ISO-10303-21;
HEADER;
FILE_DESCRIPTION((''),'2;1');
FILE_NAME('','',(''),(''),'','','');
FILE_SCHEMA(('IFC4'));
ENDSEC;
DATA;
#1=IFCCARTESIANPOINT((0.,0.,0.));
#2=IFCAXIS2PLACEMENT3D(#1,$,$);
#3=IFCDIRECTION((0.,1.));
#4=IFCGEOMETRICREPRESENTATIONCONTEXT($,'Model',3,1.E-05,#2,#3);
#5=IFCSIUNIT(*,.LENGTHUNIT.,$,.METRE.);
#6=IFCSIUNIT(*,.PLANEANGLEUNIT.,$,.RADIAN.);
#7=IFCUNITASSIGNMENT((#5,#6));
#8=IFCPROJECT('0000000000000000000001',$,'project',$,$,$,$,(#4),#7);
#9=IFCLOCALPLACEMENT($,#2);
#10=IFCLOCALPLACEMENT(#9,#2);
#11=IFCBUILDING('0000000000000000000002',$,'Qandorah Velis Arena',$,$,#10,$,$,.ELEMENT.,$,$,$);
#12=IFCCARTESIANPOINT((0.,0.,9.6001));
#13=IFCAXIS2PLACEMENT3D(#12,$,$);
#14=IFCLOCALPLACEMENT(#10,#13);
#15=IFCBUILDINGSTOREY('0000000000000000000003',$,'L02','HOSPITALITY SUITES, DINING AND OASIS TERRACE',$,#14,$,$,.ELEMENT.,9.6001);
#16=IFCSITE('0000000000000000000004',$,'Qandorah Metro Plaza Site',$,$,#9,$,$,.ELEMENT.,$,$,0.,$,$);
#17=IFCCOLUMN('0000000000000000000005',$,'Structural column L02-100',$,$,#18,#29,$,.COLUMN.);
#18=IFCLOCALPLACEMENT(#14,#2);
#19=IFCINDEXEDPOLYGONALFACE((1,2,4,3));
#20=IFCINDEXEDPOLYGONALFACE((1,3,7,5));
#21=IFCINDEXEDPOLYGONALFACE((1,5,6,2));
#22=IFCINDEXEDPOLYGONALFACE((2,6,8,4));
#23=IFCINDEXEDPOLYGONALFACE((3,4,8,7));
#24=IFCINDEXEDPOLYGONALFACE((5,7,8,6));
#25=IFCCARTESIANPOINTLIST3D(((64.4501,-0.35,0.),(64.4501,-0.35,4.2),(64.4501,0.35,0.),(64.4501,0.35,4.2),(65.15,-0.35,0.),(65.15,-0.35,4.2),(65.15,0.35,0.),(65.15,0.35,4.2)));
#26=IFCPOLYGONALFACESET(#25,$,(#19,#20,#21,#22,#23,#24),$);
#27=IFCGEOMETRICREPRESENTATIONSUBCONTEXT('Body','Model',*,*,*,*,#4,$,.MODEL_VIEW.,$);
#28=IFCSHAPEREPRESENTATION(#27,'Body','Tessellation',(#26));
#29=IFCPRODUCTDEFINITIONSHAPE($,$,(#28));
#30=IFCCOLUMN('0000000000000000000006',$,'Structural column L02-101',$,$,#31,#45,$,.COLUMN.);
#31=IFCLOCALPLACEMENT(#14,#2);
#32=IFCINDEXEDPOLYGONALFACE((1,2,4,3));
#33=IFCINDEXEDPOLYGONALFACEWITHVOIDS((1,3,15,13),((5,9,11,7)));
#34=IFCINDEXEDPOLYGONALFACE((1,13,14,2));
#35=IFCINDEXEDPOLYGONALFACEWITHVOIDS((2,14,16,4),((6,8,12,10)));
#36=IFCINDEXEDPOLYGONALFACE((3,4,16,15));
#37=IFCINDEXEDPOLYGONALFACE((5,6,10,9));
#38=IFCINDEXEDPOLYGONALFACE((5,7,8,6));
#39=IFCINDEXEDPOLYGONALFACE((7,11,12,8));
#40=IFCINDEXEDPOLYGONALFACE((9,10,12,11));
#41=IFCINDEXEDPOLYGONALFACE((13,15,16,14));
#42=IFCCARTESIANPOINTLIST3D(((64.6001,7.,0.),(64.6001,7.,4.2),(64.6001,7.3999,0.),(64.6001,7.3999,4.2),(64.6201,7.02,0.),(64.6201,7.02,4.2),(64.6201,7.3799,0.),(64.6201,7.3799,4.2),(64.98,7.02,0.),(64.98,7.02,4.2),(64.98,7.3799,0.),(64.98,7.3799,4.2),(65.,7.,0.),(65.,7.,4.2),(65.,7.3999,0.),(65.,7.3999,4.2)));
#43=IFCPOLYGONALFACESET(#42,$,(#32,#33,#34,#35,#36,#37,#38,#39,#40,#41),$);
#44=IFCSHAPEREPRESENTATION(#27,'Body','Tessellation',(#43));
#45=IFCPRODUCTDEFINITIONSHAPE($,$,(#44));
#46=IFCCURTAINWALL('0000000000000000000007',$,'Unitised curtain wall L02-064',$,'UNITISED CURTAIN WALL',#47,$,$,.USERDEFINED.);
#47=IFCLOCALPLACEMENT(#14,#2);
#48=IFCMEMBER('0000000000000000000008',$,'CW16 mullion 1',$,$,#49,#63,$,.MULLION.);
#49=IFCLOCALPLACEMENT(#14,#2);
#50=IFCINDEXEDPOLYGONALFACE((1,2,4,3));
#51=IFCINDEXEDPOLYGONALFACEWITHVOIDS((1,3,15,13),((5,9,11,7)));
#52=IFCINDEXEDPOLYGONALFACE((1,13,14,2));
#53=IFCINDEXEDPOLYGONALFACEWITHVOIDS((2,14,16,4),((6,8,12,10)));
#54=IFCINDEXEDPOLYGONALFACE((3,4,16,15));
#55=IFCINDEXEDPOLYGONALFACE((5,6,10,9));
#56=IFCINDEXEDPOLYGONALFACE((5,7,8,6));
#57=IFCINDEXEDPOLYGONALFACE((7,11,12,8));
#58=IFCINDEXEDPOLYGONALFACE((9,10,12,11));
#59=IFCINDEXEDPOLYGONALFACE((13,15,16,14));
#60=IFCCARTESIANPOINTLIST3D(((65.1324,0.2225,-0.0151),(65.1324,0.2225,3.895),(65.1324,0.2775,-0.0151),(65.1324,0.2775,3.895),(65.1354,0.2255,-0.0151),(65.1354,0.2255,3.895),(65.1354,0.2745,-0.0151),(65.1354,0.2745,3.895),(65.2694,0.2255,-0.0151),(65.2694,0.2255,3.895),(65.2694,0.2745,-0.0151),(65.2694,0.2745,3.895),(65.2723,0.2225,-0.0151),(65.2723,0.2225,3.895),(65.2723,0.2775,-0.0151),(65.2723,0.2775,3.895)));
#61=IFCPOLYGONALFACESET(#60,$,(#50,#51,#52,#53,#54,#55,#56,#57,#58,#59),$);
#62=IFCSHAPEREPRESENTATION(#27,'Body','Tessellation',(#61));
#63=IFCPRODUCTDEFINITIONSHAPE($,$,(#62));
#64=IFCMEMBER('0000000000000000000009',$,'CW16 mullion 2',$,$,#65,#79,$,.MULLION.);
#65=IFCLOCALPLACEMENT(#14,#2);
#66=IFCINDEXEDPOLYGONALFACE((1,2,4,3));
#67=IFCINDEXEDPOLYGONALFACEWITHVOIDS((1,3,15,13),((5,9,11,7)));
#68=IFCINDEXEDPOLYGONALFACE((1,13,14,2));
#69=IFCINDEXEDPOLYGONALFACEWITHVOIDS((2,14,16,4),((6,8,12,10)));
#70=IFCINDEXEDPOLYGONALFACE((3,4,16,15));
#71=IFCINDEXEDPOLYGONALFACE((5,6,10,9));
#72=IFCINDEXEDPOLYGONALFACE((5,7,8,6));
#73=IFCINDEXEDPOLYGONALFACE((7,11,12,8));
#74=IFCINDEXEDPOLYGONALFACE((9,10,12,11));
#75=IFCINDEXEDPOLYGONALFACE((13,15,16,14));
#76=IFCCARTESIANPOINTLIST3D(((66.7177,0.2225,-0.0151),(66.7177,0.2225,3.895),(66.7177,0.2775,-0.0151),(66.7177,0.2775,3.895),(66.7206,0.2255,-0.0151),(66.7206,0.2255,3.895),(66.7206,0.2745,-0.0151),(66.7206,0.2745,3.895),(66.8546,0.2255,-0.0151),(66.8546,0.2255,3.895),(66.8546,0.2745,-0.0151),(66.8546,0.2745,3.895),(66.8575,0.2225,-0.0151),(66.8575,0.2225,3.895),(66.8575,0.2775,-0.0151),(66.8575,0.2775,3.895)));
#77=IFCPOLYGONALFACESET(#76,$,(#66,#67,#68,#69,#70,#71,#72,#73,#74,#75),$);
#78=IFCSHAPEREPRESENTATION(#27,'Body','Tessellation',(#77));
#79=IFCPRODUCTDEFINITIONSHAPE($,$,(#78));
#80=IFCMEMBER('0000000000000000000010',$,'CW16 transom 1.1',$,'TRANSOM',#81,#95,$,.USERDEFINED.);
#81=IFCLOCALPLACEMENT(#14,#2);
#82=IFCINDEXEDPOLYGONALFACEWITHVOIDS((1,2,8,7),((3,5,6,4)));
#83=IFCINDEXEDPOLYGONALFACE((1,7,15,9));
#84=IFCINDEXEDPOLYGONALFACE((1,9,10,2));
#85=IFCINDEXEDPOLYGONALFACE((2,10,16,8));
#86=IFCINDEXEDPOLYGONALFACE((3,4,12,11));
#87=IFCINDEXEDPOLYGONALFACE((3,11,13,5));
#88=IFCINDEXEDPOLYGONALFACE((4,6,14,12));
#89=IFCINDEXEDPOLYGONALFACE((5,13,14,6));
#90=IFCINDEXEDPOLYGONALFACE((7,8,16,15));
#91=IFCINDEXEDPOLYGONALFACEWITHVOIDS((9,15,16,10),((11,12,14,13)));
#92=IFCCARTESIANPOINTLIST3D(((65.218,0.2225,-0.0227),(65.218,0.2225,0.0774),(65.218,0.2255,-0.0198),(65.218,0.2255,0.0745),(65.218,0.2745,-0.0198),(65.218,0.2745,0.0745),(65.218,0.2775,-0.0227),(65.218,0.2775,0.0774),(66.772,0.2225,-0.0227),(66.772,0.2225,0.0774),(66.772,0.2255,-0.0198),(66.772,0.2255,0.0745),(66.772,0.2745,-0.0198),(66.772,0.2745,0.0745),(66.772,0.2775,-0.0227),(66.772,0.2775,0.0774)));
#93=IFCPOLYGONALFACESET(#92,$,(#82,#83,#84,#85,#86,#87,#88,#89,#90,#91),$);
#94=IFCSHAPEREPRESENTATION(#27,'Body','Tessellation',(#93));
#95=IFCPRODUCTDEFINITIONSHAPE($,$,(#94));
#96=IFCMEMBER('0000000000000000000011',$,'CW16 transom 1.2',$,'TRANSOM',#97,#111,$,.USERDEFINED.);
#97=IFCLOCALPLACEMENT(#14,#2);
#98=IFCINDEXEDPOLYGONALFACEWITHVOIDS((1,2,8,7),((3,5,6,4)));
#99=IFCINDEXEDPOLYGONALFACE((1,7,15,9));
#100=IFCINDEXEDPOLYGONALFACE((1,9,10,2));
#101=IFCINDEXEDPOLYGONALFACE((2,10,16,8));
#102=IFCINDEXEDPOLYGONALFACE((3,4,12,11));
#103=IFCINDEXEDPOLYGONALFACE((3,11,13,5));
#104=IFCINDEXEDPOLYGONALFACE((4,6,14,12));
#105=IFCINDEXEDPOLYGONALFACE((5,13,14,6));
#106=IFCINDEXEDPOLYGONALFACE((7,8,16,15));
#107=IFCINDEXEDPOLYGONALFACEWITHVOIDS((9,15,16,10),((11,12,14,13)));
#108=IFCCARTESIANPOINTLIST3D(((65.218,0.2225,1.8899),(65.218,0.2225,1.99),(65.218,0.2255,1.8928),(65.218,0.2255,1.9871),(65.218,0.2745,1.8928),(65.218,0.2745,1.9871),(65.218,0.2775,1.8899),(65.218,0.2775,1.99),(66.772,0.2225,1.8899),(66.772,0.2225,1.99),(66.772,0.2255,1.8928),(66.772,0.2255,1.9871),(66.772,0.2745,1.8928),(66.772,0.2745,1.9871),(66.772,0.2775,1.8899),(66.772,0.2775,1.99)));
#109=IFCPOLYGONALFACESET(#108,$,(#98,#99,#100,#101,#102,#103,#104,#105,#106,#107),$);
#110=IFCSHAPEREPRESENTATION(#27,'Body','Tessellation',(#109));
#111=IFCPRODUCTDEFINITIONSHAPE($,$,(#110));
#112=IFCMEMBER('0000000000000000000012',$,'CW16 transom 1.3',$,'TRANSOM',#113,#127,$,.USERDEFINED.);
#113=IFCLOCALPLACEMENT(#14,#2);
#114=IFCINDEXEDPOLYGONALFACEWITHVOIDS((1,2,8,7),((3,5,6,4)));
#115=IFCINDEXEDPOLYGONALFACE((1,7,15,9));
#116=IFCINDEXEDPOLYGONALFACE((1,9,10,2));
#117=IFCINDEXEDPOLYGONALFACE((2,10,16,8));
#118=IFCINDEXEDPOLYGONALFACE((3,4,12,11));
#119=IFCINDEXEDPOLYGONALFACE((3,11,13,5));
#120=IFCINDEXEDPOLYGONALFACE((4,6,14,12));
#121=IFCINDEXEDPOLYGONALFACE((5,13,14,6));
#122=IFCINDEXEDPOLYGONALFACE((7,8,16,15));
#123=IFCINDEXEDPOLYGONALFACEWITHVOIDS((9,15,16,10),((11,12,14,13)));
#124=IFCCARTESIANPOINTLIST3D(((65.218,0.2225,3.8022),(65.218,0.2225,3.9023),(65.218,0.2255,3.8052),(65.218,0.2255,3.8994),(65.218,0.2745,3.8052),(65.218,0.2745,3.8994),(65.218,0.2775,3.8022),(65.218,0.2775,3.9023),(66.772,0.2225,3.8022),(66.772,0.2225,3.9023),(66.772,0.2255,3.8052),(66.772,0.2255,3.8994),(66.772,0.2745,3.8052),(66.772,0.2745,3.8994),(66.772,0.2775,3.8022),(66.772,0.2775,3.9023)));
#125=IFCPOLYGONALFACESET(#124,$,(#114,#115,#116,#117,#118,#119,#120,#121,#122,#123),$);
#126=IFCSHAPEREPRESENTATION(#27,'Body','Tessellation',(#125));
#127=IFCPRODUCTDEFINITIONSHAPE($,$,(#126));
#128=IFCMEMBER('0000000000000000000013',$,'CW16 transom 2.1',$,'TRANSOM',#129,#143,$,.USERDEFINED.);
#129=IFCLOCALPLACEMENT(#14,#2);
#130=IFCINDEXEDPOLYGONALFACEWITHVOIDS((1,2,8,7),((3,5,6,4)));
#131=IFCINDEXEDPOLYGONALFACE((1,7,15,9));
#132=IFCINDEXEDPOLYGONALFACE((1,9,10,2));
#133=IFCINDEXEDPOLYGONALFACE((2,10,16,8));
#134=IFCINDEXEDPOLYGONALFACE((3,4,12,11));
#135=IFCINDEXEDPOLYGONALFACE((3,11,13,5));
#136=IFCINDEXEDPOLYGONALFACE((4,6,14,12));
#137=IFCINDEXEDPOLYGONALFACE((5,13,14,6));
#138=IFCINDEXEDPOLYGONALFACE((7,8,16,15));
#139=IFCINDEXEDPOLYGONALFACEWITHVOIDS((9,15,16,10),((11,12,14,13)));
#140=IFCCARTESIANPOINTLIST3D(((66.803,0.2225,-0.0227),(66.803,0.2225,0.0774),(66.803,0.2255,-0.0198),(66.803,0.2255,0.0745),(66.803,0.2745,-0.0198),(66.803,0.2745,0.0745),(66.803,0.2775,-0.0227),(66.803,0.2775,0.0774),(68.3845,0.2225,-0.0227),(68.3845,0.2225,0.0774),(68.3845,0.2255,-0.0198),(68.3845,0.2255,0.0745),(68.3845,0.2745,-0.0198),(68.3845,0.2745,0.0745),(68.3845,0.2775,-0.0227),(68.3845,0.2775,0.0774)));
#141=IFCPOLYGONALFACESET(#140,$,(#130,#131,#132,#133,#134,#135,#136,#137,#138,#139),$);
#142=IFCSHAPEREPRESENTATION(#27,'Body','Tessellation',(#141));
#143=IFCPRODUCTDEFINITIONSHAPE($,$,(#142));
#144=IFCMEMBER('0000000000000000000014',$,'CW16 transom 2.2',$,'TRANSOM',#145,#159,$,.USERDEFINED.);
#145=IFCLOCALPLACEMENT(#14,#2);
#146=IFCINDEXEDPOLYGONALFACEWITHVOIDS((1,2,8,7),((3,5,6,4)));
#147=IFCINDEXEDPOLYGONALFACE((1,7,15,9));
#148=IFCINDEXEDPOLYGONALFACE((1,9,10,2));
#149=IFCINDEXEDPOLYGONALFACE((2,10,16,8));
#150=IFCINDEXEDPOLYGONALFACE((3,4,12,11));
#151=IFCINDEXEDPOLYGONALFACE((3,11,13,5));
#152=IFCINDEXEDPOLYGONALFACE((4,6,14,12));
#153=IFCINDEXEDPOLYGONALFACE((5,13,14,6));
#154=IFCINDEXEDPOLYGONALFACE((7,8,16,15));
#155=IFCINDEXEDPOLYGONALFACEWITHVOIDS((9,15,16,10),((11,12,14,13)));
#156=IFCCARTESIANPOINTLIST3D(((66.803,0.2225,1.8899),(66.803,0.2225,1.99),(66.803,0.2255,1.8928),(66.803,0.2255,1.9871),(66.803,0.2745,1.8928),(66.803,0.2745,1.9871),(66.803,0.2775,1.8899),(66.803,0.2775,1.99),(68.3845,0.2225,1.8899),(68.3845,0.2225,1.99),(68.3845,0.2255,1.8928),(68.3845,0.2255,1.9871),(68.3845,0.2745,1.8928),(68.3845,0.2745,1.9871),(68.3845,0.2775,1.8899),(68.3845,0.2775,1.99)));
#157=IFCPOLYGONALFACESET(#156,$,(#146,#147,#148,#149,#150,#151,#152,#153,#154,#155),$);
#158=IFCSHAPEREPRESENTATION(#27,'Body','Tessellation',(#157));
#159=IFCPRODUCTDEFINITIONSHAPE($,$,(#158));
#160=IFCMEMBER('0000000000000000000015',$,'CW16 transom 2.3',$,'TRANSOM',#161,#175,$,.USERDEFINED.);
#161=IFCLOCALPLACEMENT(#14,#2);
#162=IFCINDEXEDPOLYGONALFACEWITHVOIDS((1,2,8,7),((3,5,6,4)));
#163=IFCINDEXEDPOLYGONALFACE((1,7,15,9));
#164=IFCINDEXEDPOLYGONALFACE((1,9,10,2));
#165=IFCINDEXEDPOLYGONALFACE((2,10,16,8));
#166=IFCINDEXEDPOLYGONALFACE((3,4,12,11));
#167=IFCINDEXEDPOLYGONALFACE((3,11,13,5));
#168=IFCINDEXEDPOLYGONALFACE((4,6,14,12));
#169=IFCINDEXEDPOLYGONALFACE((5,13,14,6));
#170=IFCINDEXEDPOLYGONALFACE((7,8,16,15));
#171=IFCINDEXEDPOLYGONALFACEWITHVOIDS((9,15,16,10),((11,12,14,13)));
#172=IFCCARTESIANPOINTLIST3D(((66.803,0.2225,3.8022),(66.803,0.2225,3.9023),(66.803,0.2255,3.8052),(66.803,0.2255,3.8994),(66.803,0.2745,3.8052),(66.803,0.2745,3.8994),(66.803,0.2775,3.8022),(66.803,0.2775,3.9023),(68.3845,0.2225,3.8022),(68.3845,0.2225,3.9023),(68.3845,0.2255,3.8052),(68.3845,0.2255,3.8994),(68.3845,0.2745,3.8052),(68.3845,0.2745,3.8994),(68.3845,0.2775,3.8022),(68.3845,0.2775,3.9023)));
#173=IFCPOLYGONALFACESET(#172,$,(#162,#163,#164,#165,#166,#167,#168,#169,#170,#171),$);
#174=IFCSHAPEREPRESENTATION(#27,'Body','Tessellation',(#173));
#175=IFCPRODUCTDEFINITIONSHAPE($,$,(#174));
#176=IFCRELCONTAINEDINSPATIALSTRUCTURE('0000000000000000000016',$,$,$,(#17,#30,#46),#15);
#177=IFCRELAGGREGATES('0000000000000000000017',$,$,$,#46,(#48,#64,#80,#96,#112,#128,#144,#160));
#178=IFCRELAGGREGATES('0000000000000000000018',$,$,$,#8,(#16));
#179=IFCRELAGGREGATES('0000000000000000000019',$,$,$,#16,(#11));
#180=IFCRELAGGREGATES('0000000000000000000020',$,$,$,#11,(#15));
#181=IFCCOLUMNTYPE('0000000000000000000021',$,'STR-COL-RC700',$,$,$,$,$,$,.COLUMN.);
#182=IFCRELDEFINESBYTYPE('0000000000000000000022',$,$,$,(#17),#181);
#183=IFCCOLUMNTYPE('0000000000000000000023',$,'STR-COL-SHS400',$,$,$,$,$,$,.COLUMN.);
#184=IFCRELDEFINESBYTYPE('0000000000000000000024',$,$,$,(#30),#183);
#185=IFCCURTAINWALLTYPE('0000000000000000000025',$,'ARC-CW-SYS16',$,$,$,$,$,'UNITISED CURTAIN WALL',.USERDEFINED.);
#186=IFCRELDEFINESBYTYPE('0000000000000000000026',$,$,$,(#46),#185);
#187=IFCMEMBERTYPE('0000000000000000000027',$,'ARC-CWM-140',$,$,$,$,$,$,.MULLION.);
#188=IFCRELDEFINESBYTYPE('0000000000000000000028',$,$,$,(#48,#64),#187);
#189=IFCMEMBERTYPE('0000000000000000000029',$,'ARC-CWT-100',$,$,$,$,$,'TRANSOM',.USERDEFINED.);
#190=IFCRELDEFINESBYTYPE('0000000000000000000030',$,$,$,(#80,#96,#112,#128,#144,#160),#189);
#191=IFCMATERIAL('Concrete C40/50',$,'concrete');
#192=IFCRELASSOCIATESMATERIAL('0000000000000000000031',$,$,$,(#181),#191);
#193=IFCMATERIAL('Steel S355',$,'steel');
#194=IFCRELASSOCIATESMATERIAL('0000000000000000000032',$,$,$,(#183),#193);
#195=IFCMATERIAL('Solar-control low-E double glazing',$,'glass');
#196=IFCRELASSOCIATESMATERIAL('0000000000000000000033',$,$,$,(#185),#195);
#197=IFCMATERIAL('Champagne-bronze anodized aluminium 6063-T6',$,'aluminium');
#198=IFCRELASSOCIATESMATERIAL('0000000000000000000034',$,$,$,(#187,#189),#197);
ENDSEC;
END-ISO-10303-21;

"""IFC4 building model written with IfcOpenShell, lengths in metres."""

from ifc_helpers import new_model, si_unit, direction, frame, origin, origin_2d, place, context, subcontext, project, spatial, rectangle, hollow_rectangle, extrude, material, material_profile, profile_set, type_object, element, aggregate, save


model = new_model("IFC4")

# Units and contexts
model_context = context("Model", 3, precision=1e-05, world=origin(), true_north=direction((0.0, 1.0)))
body_context = subcontext(model_context, "Body", "Model", "MODEL_VIEW")
ifc_project = project(units=[si_unit("LENGTHUNIT", "METRE"), si_unit("PLANEANGLEUNIT", "RADIAN")], contexts=[model_context])

# Site, building, storey
site_placement = place(None, origin())
site = spatial("IfcSite", under=ifc_project, at=site_placement, Name="Qandorah Metro Plaza Site", CompositionType="ELEMENT", RefElevation=0.0)
building_placement = place(site_placement, origin())
building = spatial("IfcBuilding", under=site, at=building_placement, Name="Qandorah Velis Arena", CompositionType="ELEMENT")
storey_placement = place(building_placement, frame((0.0, 0.0, 9.6001)))
storey = spatial("IfcBuildingStorey", under=building, at=storey_placement, Name="L02", Description="HOSPITALITY SUITES, DINING AND OASIS TERRACE", CompositionType="ELEMENT", Elevation=9.6001)

# Columns
ifc_material_1 = material(Name="Concrete C40/50", Category="concrete")
ifc_material_profile_1 = material_profile(ifc_material_1, rectangle(XDim=0.7, YDim=0.7, at=origin_2d()), Name="RC COL 700x700")
ifc_profile_set_1 = profile_set([ifc_material_profile_1], Name="Concrete C40/50")
column_type_1 = type_object("IfcColumnType", Name="STR-COL-RC700", PredefinedType="COLUMN", material=ifc_profile_set_1)
column_1_placement = place(storey_placement, frame((64.8, 0.0, 0.0), z_axis=(0.0, 0.0, 1.0), x_axis=(1.0, 0.0, 0.0)))
element("IfcColumn", 1, at=column_1_placement, inside=storey, type_object=column_type_1, Name="Structural column L02-100", PredefinedType="COLUMN", context=body_context, shape_type="SweptSolid", body=[
    extrude(rectangle(XDim=0.7, YDim=0.7, at=origin_2d()), origin(), (0.0, 0.0, 1.0), 4.2),
])
ifc_material_2 = material(Name="Steel S355", Category="steel")
ifc_material_profile_2 = material_profile(ifc_material_2, hollow_rectangle(XDim=0.3999, YDim=0.3999, WallThickness=0.02, at=origin_2d()), Name="SHS 400x400x20")
ifc_profile_set_2 = profile_set([ifc_material_profile_2], Name="Steel S355")
column_type_2 = type_object("IfcColumnType", Name="STR-COL-SHS400", PredefinedType="COLUMN", material=ifc_profile_set_2)
column_2_placement = place(storey_placement, frame((64.8, 7.2, 0.0), z_axis=(0.0, 0.0, 1.0), x_axis=(1.0, 0.0, 0.0)))
element("IfcColumn", 2, at=column_2_placement, inside=storey, type_object=column_type_2, Name="Structural column L02-101", PredefinedType="COLUMN", context=body_context, shape_type="SweptSolid", body=[
    extrude(hollow_rectangle(XDim=0.3999, YDim=0.3999, WallThickness=0.02, at=origin_2d()), origin(), (0.0, 0.0, 1.0), 4.2),
])

# Curtain wall, members
ifc_material_3 = material(Name="Solar-control low-E double glazing", Category="glass")
curtain_wall_type = type_object("IfcCurtainWallType", Name="ARC-CW-SYS16", ElementType="UNITISED CURTAIN WALL", PredefinedType="USERDEFINED", material=ifc_material_3)
curtain_wall_placement = place(storey_placement, origin())
curtain_wall = element("IfcCurtainWall", 3, at=curtain_wall_placement, inside=storey, type_object=curtain_wall_type, Name="Unitised curtain wall L02-064", ObjectType="UNITISED CURTAIN WALL", PredefinedType="USERDEFINED")
ifc_material_4 = material(Name="Champagne-bronze anodized aluminium 6063-T6", Category="aluminium")
ifc_material_profile_3 = material_profile(ifc_material_4, hollow_rectangle(XDim=0.0549, YDim=0.1399, WallThickness=0.0029, at=origin_2d()), Name="ALU MULLION 55x140")
ifc_profile_set_3 = profile_set([ifc_material_profile_3], Name="Champagne-bronze anodized aluminium 6063-T6")
member_type_1 = type_object("IfcMemberType", Name="ARC-CWM-140", PredefinedType="MULLION", material=ifc_profile_set_3)
member_1_placement = place(storey_placement, frame((65.2024, 0.25, -0.0151), z_axis=(0.0, 0.0, 1.0), x_axis=(0.0, 1.0, 0.0)))
member_1 = element("IfcMember", 4, at=member_1_placement, type_object=member_type_1, Name="CW16 mullion 1", PredefinedType="MULLION", context=body_context, shape_type="SweptSolid", body=[
    extrude(hollow_rectangle(XDim=0.0549, YDim=0.1399, WallThickness=0.0029, at=origin_2d()), origin(), (0.0, 0.0, 1.0), 3.9102),
])
member_2_placement = place(storey_placement, frame((66.7876, 0.25, -0.0151), z_axis=(0.0, 0.0, 1.0), x_axis=(0.0, 1.0, 0.0)))
member_2 = element("IfcMember", 5, at=member_2_placement, type_object=member_type_1, Name="CW16 mullion 2", PredefinedType="MULLION", context=body_context, shape_type="SweptSolid", body=[
    extrude(hollow_rectangle(XDim=0.0549, YDim=0.1399, WallThickness=0.0029, at=origin_2d()), origin(), (0.0, 0.0, 1.0), 3.9102),
])
ifc_material_profile_4 = material_profile(ifc_material_4, hollow_rectangle(XDim=0.0549, YDim=0.1001, WallThickness=0.0029, at=origin_2d()), Name="ALU TRANSOM 55x100")
ifc_profile_set_4 = profile_set([ifc_material_profile_4], Name="Champagne-bronze anodized aluminium 6063-T6")
member_type_2 = type_object("IfcMemberType", Name="ARC-CWT-100", ElementType="TRANSOM", PredefinedType="USERDEFINED", material=ifc_profile_set_4)
member_3_placement = place(storey_placement, frame((65.218, 0.25, 0.0273), z_axis=(1.0, 0.0, 0.0), x_axis=(0.0, 1.0, 0.0)))
member_3 = element("IfcMember", 6, at=member_3_placement, type_object=member_type_2, Name="CW16 transom 1.1", ObjectType="TRANSOM", PredefinedType="USERDEFINED", context=body_context, shape_type="SweptSolid", body=[
    extrude(hollow_rectangle(XDim=0.0549, YDim=0.1001, WallThickness=0.0029, at=origin_2d()), origin(), (0.0, 0.0, 1.0), 1.554),
])
member_4_placement = place(storey_placement, frame((65.218, 0.25, 1.9399), z_axis=(1.0, 0.0, 0.0), x_axis=(0.0, 1.0, 0.0)))
member_4 = element("IfcMember", 7, at=member_4_placement, type_object=member_type_2, Name="CW16 transom 1.2", ObjectType="TRANSOM", PredefinedType="USERDEFINED", context=body_context, shape_type="SweptSolid", body=[
    extrude(hollow_rectangle(XDim=0.0549, YDim=0.1001, WallThickness=0.0029, at=origin_2d()), origin(), (0.0, 0.0, 1.0), 1.554),
])
member_5_placement = place(storey_placement, frame((65.218, 0.25, 3.8523), z_axis=(1.0, 0.0, 0.0), x_axis=(0.0, 1.0, 0.0)))
member_5 = element("IfcMember", 8, at=member_5_placement, type_object=member_type_2, Name="CW16 transom 1.3", ObjectType="TRANSOM", PredefinedType="USERDEFINED", context=body_context, shape_type="SweptSolid", body=[
    extrude(hollow_rectangle(XDim=0.0549, YDim=0.1001, WallThickness=0.0029, at=origin_2d()), origin(), (0.0, 0.0, 1.0), 1.554),
])
member_6_placement = place(storey_placement, frame((66.803, 0.25, 0.0273), z_axis=(1.0, 0.0, 0.0), x_axis=(0.0, 1.0, 0.0)))
member_6 = element("IfcMember", 9, at=member_6_placement, type_object=member_type_2, Name="CW16 transom 2.1", ObjectType="TRANSOM", PredefinedType="USERDEFINED", context=body_context, shape_type="SweptSolid", body=[
    extrude(hollow_rectangle(XDim=0.0549, YDim=0.1001, WallThickness=0.0029, at=origin_2d()), origin(), (0.0, 0.0, 1.0), 1.5815),
])
member_7_placement = place(storey_placement, frame((66.803, 0.25, 1.9399), z_axis=(1.0, 0.0, 0.0), x_axis=(0.0, 1.0, 0.0)))
member_7 = element("IfcMember", 10, at=member_7_placement, type_object=member_type_2, Name="CW16 transom 2.2", ObjectType="TRANSOM", PredefinedType="USERDEFINED", context=body_context, shape_type="SweptSolid", body=[
    extrude(hollow_rectangle(XDim=0.0549, YDim=0.1001, WallThickness=0.0029, at=origin_2d()), origin(), (0.0, 0.0, 1.0), 1.5815),
])
member_8_placement = place(storey_placement, frame((66.803, 0.25, 3.8523), z_axis=(1.0, 0.0, 0.0), x_axis=(0.0, 1.0, 0.0)))
member_8 = element("IfcMember", 11, at=member_8_placement, type_object=member_type_2, Name="CW16 transom 2.3", ObjectType="TRANSOM", PredefinedType="USERDEFINED", context=body_context, shape_type="SweptSolid", body=[
    extrude(hollow_rectangle(XDim=0.0549, YDim=0.1001, WallThickness=0.0029, at=origin_2d()), origin(), (0.0, 0.0, 1.0), 1.5815),
])

aggregate(curtain_wall, [member_1, member_2, member_3, member_4, member_5, member_6, member_7, member_8])

save(model, "model.ifc")
